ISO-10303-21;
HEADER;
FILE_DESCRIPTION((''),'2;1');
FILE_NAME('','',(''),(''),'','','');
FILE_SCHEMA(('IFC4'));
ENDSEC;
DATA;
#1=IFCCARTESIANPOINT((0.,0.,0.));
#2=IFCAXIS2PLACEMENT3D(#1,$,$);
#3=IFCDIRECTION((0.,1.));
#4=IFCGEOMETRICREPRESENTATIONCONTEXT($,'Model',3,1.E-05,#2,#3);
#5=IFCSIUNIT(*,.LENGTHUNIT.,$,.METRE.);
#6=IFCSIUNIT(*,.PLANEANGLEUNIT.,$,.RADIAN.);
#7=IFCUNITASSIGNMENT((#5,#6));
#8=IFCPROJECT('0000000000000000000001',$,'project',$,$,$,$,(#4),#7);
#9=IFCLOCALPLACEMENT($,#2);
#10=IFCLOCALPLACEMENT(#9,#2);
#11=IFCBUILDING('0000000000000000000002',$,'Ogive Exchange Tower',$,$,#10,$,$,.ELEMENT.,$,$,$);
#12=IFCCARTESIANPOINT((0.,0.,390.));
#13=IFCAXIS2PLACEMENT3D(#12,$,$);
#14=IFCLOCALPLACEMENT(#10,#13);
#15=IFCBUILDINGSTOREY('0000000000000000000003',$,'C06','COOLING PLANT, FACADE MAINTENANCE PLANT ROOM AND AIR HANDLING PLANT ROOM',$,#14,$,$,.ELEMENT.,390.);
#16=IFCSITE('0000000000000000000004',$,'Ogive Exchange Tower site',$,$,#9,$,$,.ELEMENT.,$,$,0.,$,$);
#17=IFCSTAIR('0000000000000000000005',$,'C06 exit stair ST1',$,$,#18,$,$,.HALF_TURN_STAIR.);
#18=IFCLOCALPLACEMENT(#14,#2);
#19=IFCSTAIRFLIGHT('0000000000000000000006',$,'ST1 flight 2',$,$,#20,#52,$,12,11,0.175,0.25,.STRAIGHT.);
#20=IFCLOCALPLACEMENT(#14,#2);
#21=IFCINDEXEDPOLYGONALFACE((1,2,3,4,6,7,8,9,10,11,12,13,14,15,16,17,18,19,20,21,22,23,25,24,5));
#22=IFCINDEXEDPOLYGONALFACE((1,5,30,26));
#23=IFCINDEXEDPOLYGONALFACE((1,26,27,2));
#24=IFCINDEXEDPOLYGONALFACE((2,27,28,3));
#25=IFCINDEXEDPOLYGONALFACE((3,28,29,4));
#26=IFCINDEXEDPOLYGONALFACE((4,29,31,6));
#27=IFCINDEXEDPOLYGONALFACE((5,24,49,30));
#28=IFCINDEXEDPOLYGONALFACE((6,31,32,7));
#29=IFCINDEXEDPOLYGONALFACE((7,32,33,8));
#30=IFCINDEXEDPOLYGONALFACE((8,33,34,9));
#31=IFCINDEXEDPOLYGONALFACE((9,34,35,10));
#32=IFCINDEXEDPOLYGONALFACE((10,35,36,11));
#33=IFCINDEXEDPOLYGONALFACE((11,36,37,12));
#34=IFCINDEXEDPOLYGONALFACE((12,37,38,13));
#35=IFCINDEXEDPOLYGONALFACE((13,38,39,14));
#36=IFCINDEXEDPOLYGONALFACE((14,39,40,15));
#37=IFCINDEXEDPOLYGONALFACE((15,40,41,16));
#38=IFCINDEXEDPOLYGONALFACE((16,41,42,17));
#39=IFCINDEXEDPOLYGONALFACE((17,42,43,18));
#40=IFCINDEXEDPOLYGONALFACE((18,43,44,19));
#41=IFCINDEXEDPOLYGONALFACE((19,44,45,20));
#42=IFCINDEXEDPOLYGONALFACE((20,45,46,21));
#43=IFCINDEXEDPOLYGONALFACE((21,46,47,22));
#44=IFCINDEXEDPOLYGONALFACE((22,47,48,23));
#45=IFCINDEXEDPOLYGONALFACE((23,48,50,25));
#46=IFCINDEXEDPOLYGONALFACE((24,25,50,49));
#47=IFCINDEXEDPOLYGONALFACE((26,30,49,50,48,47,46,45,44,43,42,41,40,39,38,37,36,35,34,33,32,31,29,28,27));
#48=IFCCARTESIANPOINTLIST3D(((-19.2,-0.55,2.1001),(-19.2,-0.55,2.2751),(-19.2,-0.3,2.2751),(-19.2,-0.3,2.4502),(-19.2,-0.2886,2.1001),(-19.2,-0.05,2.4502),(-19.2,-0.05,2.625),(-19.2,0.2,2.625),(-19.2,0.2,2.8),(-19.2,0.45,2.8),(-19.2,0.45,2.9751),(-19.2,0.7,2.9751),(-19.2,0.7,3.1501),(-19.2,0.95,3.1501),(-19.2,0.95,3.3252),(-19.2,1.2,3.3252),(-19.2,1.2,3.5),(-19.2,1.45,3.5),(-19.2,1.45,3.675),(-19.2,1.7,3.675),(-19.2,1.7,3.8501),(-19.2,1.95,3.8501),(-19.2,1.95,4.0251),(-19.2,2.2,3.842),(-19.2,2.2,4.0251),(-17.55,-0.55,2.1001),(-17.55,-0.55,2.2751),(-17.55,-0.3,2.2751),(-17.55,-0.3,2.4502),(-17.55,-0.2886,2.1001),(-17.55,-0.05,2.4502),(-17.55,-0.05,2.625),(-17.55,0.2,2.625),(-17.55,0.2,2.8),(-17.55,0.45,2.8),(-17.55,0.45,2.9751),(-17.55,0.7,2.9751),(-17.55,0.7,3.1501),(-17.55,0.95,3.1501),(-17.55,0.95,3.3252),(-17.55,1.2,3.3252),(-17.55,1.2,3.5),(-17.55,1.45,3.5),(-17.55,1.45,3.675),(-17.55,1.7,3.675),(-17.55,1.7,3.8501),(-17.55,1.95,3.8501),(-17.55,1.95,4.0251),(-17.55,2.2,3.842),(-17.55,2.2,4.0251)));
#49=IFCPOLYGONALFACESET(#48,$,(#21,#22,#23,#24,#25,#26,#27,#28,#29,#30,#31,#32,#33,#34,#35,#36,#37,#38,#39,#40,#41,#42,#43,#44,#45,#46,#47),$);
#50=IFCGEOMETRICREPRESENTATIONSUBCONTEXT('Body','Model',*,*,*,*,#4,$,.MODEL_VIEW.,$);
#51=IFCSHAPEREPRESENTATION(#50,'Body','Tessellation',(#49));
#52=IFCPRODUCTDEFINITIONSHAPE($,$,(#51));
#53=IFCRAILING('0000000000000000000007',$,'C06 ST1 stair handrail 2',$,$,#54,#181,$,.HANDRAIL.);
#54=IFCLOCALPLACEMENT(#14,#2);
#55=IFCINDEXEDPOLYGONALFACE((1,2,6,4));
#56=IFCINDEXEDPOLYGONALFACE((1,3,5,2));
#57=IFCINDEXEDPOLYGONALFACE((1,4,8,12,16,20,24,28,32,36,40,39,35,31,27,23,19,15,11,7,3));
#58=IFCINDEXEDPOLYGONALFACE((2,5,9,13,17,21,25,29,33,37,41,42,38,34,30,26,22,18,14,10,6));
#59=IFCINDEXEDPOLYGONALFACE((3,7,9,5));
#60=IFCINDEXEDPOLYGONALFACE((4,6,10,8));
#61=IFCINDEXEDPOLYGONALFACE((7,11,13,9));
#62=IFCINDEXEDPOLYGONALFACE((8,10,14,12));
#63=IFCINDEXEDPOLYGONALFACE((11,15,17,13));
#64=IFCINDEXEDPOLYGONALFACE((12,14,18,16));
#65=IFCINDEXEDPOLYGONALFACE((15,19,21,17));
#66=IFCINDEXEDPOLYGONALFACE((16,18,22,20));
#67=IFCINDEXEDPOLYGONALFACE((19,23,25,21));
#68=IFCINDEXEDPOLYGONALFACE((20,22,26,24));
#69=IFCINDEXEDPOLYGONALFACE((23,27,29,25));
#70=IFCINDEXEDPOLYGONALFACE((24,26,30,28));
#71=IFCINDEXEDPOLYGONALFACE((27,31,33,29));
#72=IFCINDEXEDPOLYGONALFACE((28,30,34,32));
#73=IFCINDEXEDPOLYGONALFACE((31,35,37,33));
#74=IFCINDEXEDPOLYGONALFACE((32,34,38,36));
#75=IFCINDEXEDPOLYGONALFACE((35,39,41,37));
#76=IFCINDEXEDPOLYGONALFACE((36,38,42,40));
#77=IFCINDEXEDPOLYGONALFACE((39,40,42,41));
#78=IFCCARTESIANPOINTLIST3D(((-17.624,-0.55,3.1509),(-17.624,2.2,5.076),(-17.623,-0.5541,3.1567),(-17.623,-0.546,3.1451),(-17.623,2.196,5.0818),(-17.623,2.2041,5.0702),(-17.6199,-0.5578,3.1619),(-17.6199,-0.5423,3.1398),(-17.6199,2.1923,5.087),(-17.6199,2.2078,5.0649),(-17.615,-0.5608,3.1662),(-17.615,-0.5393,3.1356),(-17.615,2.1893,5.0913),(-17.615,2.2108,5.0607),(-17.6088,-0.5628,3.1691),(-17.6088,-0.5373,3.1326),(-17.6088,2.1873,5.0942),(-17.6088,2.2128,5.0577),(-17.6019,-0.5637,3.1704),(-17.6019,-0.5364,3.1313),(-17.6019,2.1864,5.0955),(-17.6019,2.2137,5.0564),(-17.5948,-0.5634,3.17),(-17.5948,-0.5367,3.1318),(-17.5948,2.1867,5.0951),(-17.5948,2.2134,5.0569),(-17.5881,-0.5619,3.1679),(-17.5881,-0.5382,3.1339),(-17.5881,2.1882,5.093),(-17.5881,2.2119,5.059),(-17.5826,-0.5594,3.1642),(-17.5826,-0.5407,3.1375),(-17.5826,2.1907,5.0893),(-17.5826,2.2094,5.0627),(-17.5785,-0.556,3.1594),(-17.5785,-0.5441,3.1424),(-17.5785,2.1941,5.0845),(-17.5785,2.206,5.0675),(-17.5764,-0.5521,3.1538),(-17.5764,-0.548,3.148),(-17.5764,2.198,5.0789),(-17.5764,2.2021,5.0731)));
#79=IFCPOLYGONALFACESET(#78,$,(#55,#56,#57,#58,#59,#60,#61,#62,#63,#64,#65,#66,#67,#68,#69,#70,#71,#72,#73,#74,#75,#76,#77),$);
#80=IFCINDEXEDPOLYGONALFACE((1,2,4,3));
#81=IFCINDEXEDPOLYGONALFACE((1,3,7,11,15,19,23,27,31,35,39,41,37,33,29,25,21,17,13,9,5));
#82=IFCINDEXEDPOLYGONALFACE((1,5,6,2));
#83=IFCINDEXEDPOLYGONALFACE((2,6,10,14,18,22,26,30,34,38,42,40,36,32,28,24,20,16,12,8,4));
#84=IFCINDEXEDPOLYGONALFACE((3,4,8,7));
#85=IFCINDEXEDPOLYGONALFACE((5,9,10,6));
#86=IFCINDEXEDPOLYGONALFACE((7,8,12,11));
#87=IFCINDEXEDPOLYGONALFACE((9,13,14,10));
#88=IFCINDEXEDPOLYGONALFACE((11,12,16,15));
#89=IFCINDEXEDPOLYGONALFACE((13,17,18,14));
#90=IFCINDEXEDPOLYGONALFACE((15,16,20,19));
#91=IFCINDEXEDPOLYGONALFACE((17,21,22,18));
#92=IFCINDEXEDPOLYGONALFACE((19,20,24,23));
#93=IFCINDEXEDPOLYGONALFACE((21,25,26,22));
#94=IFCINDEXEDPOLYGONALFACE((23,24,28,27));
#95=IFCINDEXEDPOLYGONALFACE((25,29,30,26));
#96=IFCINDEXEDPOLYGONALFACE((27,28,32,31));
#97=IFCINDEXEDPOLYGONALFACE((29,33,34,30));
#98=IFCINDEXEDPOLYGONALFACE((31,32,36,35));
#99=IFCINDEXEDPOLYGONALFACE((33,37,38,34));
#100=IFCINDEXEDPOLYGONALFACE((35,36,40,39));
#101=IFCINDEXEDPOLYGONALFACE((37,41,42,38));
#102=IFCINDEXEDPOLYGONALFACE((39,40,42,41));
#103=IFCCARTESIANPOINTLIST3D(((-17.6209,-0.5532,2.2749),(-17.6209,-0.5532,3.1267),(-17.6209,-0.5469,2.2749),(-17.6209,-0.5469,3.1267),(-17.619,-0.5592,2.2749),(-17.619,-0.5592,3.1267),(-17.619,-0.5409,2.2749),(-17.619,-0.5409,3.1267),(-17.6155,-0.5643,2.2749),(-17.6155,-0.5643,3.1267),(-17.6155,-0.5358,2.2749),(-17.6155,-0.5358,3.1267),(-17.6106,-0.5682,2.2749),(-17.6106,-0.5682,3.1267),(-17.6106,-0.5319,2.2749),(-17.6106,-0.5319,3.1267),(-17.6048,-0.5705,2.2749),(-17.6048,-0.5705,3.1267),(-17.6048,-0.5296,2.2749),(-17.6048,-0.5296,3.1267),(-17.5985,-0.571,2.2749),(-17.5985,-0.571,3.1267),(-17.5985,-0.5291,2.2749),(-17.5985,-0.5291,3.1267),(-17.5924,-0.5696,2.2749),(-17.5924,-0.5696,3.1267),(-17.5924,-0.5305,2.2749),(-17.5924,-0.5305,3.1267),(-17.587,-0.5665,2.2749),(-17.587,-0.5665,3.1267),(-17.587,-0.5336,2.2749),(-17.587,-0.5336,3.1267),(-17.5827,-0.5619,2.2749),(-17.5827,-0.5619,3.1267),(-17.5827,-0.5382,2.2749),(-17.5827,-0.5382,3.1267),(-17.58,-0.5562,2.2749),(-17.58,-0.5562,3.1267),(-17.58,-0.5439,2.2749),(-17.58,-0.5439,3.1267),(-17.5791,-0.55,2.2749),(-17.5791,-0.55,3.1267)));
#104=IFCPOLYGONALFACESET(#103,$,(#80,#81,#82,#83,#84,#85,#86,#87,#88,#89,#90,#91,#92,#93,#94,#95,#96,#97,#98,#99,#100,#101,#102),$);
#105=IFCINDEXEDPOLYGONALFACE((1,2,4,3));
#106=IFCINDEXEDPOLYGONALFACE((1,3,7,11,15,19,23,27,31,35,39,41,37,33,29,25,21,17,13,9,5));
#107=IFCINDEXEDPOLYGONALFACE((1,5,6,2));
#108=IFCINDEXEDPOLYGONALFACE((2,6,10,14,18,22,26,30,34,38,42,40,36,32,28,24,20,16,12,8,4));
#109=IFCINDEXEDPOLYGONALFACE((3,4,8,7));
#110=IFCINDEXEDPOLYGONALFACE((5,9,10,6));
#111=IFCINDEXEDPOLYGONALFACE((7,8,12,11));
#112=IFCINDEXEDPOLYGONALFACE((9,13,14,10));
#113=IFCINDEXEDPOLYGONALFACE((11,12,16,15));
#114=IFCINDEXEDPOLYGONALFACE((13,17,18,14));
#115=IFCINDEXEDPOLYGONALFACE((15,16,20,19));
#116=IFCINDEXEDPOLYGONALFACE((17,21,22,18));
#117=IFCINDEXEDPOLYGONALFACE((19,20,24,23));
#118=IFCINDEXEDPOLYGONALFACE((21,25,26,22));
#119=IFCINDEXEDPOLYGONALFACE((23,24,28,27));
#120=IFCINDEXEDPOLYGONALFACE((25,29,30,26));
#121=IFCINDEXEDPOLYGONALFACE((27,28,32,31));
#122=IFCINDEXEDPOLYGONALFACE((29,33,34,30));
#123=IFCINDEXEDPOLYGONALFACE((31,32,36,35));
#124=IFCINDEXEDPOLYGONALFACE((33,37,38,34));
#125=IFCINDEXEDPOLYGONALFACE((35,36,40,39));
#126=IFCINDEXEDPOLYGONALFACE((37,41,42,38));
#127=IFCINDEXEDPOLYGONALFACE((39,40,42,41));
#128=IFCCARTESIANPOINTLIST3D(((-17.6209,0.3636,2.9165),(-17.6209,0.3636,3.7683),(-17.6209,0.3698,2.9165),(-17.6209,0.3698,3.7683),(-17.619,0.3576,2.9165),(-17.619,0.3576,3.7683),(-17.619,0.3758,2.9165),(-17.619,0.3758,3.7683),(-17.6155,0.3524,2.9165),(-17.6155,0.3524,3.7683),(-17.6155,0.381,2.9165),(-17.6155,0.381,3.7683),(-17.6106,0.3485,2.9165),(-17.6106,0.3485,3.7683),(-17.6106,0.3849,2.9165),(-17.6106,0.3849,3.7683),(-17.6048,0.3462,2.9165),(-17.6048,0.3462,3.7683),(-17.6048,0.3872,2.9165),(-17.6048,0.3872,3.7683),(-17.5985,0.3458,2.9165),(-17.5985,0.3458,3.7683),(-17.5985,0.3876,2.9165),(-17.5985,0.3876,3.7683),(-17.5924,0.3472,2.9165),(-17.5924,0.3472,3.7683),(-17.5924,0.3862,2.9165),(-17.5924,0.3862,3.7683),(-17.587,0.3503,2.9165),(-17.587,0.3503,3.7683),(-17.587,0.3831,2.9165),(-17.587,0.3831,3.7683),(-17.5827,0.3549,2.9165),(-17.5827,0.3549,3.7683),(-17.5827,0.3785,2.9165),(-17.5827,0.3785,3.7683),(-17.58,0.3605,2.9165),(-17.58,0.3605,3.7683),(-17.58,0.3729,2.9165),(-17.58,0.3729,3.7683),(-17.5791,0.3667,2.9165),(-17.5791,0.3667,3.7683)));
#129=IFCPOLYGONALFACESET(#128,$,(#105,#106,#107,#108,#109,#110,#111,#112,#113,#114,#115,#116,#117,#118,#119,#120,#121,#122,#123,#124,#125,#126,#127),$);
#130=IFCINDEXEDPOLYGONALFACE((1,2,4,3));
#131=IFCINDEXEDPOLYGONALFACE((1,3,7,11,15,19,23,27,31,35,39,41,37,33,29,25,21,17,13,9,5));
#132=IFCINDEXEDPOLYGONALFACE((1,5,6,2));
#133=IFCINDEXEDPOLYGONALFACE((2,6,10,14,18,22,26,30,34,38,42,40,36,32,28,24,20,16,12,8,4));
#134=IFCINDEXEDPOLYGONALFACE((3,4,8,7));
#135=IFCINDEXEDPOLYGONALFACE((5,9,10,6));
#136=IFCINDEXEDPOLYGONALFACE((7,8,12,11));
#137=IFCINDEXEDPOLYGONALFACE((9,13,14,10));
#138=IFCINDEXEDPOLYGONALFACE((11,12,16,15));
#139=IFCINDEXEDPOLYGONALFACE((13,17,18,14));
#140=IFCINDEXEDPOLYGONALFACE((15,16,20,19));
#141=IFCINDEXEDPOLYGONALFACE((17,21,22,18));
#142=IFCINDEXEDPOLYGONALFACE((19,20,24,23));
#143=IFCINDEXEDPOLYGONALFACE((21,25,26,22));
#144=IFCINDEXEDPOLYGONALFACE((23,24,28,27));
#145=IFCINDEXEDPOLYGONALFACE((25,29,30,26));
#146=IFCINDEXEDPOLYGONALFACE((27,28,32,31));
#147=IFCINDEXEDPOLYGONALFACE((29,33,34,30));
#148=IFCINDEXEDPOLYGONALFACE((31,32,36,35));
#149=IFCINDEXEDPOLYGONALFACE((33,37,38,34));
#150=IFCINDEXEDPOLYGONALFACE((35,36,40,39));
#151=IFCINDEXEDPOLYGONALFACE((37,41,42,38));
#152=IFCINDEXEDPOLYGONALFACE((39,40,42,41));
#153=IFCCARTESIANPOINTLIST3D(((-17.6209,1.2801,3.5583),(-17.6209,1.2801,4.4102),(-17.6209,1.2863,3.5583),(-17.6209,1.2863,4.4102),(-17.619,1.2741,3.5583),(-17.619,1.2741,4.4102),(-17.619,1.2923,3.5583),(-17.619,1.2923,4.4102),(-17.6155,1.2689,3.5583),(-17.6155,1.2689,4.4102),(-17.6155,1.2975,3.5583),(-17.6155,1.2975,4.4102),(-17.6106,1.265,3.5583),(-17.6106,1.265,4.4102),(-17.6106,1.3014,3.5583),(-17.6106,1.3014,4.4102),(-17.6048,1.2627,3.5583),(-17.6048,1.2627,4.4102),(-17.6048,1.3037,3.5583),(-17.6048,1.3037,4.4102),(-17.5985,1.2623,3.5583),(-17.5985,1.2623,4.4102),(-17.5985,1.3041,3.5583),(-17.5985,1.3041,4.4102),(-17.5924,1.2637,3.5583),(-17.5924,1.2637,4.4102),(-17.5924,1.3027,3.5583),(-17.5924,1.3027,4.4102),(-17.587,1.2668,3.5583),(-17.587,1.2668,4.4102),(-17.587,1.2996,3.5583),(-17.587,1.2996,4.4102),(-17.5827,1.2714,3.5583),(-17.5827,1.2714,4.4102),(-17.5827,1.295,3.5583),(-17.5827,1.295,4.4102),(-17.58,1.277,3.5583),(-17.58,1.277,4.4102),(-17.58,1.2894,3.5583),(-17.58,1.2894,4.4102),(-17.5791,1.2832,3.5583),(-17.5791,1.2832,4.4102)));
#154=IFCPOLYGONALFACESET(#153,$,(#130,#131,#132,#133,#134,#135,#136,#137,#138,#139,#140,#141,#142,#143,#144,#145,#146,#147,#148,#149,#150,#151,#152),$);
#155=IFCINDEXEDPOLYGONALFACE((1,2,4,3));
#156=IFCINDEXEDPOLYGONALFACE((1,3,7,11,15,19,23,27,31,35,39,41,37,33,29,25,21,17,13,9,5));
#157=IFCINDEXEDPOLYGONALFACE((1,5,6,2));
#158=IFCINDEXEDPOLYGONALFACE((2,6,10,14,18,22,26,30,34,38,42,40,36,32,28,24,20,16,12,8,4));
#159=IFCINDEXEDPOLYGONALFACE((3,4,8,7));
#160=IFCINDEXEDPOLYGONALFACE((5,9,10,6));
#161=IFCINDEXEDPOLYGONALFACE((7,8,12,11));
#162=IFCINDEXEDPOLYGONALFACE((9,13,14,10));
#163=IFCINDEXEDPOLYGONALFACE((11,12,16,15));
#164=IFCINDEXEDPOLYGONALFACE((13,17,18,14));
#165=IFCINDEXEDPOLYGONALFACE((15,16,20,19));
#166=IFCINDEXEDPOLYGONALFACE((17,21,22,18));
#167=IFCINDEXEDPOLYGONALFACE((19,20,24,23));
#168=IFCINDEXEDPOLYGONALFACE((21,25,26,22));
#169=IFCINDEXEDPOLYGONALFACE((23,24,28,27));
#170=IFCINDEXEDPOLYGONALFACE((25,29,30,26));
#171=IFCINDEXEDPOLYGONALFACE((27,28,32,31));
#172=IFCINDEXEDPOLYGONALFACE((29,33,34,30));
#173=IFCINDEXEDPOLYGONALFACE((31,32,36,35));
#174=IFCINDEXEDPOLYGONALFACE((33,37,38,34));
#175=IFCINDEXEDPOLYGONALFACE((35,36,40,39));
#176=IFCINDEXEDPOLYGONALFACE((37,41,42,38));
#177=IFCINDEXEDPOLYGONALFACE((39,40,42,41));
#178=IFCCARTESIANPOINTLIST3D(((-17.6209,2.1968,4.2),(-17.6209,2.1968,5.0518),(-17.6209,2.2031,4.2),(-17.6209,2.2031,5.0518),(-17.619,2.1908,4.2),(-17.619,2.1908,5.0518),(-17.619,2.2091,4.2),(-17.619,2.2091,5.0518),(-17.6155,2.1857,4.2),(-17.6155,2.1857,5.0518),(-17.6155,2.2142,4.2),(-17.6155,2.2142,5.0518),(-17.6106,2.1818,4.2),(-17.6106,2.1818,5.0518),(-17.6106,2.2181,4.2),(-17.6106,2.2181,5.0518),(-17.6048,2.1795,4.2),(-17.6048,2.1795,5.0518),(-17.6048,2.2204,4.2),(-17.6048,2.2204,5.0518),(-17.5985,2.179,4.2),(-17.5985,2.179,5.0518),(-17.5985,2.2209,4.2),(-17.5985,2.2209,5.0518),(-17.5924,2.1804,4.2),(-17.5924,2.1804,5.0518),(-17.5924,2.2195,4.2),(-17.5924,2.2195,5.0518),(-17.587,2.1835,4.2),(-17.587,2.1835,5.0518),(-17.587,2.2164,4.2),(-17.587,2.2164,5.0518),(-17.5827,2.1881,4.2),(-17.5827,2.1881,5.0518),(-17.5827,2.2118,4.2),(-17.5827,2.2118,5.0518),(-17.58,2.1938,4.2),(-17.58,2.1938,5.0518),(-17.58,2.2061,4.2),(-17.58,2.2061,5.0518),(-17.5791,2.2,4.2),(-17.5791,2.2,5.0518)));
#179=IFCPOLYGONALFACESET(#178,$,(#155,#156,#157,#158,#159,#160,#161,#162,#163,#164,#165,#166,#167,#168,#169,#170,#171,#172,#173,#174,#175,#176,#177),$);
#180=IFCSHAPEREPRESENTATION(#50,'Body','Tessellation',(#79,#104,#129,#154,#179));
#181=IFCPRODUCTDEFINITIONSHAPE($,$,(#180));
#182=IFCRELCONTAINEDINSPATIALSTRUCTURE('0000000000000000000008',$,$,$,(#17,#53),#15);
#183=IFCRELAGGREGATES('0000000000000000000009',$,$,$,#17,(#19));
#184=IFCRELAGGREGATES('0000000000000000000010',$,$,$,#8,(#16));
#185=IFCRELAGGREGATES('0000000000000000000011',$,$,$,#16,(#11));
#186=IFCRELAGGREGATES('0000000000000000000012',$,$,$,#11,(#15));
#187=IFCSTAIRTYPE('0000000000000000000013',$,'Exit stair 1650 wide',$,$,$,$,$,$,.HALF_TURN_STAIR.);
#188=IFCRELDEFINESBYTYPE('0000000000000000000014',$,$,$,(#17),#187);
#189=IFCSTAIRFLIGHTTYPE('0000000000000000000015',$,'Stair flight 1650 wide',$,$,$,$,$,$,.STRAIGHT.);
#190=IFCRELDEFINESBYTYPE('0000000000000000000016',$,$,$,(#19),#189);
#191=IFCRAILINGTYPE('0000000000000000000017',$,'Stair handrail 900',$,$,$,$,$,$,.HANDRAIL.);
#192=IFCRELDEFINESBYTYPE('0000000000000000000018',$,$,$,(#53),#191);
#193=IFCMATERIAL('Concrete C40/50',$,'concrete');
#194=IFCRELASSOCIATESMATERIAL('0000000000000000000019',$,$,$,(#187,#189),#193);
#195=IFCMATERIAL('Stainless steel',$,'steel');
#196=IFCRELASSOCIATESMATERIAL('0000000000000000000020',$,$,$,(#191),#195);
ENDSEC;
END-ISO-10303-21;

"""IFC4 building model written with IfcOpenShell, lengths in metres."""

from ifc_helpers import new_model, si_unit, direction, frame, origin, origin_2d, place, context, subcontext, project, spatial, polyline, circle, outline, extrude, material, type_object, element, aggregate, save


model = new_model("IFC4")

# Units and contexts
model_context = context("Model", 3, precision=1e-05, world=origin(), true_north=direction((0.0, 1.0)))
body_context = subcontext(model_context, "Body", "Model", "MODEL_VIEW")
ifc_project = project(units=[si_unit("LENGTHUNIT", "METRE"), si_unit("PLANEANGLEUNIT", "RADIAN")], contexts=[model_context])

# Site, building, storey
site_placement = place(None, origin())
site = spatial("IfcSite", under=ifc_project, at=site_placement, Name="Ogive Exchange Tower site", CompositionType="ELEMENT", RefElevation=0.0)
building_placement = place(site_placement, origin())
building = spatial("IfcBuilding", under=site, at=building_placement, Name="Ogive Exchange Tower", CompositionType="ELEMENT")
storey_placement = place(building_placement, frame((0.0, 0.0, 390.0)))
storey = spatial("IfcBuildingStorey", under=building, at=storey_placement, Name="C06", Description="COOLING PLANT, FACADE MAINTENANCE PLANT ROOM AND AIR HANDLING PLANT ROOM", CompositionType="ELEMENT", Elevation=390.0)

# Shared definitions
ifc_material_1 = material(Name="Stainless steel", Category="steel")

# Stair, stair flight
ifc_material_2 = material(Name="Concrete C40/50", Category="concrete")
stair_type = type_object("IfcStairType", Name="Exit stair 1650 wide", PredefinedType="HALF_TURN_STAIR", material=ifc_material_2)
stair_placement = place(storey_placement, origin())
stair = element("IfcStair", 1, at=stair_placement, inside=storey, type_object=stair_type, Name="C06 exit stair ST1", PredefinedType="HALF_TURN_STAIR")
stair_flight_type = type_object("IfcStairFlightType", Name="Stair flight 1650 wide", PredefinedType="STRAIGHT", material=ifc_material_2)
stair_flight_placement = place(storey_placement, frame((-18.375, -0.55, 2.1001), z_axis=(0.0, 0.0, 1.0), x_axis=(0.0, 1.0, 0.0)))
stair_flight = element("IfcStairFlight", 2, at=stair_flight_placement, type_object=stair_flight_type, Name="ST1 flight 2", NumberOfRisers=12, NumberOfTreads=11, PredefinedType="STRAIGHT", RiserHeight=0.175, TreadLength=0.25, context=body_context, shape_type="SweptSolid", body=[
    extrude(outline(polyline([(0.0, 0.0), (0.0, 0.175), (0.25, 0.175), (0.25, 0.3501), (0.5, 0.3501), (0.5, 0.5249), (0.75, 0.5249), (0.75, 0.7), (1.0, 0.7), (1.0, 0.875), (1.25, 0.875), (1.25, 1.05), (1.5, 1.05), (1.5, 1.2251), (1.75, 1.2251), (1.75, 1.3999), (2.0, 1.3999), (2.0, 1.575), (2.25, 1.575), (2.25, 1.75), (2.5, 1.75), (2.5, 1.925), (2.75, 1.925), (2.75, 2.1001), (2.75, 1.7419), (0.2615, 0.0), (0.0, 0.0)])), frame((0.0, 0.825, 0.0), z_axis=(0.0, -1.0, 0.0), x_axis=(1.0, 0.0, 0.0)), (0.0, 0.0, 1.0), 1.6499),
])
aggregate(stair, [stair_flight])

# Railing
railing_type = type_object("IfcRailingType", Name="Stair handrail 900", PredefinedType="HANDRAIL", material=ifc_material_1)
railing_placement = place(storey_placement, frame((-17.6001, -0.55, 2.2749)))
element("IfcRailing", 3, at=railing_placement, inside=storey, type_object=railing_type, Name="C06 ST1 stair handrail 2", PredefinedType="HANDRAIL", context=body_context, shape_type="SweptSolid", body=[
    extrude(circle(Radius=0.0239, at=origin_2d()), frame((0.0, 0.0, 0.876), z_axis=(0.0, 0.819225, 0.573472), x_axis=(-1.0, 0.0, 0.0)), (0.0, 0.0, 1.0), 3.3569),
    extrude(circle(Radius=0.021, at=origin_2d()), origin(), (0.0, 0.0, 1.0), 0.8518),
    extrude(circle(Radius=0.021, at=origin_2d()), frame((0.0, 0.9167, 0.6416)), (0.0, 0.0, 1.0), 0.8518),
    extrude(circle(Radius=0.021, at=origin_2d()), frame((0.0, 1.8333, 1.2834)), (0.0, 0.0, 1.0), 0.8518),
    extrude(circle(Radius=0.021, at=origin_2d()), frame((0.0, 2.75, 1.925)), (0.0, 0.0, 1.0), 0.8518),
])

save(model, "model.ifc")
